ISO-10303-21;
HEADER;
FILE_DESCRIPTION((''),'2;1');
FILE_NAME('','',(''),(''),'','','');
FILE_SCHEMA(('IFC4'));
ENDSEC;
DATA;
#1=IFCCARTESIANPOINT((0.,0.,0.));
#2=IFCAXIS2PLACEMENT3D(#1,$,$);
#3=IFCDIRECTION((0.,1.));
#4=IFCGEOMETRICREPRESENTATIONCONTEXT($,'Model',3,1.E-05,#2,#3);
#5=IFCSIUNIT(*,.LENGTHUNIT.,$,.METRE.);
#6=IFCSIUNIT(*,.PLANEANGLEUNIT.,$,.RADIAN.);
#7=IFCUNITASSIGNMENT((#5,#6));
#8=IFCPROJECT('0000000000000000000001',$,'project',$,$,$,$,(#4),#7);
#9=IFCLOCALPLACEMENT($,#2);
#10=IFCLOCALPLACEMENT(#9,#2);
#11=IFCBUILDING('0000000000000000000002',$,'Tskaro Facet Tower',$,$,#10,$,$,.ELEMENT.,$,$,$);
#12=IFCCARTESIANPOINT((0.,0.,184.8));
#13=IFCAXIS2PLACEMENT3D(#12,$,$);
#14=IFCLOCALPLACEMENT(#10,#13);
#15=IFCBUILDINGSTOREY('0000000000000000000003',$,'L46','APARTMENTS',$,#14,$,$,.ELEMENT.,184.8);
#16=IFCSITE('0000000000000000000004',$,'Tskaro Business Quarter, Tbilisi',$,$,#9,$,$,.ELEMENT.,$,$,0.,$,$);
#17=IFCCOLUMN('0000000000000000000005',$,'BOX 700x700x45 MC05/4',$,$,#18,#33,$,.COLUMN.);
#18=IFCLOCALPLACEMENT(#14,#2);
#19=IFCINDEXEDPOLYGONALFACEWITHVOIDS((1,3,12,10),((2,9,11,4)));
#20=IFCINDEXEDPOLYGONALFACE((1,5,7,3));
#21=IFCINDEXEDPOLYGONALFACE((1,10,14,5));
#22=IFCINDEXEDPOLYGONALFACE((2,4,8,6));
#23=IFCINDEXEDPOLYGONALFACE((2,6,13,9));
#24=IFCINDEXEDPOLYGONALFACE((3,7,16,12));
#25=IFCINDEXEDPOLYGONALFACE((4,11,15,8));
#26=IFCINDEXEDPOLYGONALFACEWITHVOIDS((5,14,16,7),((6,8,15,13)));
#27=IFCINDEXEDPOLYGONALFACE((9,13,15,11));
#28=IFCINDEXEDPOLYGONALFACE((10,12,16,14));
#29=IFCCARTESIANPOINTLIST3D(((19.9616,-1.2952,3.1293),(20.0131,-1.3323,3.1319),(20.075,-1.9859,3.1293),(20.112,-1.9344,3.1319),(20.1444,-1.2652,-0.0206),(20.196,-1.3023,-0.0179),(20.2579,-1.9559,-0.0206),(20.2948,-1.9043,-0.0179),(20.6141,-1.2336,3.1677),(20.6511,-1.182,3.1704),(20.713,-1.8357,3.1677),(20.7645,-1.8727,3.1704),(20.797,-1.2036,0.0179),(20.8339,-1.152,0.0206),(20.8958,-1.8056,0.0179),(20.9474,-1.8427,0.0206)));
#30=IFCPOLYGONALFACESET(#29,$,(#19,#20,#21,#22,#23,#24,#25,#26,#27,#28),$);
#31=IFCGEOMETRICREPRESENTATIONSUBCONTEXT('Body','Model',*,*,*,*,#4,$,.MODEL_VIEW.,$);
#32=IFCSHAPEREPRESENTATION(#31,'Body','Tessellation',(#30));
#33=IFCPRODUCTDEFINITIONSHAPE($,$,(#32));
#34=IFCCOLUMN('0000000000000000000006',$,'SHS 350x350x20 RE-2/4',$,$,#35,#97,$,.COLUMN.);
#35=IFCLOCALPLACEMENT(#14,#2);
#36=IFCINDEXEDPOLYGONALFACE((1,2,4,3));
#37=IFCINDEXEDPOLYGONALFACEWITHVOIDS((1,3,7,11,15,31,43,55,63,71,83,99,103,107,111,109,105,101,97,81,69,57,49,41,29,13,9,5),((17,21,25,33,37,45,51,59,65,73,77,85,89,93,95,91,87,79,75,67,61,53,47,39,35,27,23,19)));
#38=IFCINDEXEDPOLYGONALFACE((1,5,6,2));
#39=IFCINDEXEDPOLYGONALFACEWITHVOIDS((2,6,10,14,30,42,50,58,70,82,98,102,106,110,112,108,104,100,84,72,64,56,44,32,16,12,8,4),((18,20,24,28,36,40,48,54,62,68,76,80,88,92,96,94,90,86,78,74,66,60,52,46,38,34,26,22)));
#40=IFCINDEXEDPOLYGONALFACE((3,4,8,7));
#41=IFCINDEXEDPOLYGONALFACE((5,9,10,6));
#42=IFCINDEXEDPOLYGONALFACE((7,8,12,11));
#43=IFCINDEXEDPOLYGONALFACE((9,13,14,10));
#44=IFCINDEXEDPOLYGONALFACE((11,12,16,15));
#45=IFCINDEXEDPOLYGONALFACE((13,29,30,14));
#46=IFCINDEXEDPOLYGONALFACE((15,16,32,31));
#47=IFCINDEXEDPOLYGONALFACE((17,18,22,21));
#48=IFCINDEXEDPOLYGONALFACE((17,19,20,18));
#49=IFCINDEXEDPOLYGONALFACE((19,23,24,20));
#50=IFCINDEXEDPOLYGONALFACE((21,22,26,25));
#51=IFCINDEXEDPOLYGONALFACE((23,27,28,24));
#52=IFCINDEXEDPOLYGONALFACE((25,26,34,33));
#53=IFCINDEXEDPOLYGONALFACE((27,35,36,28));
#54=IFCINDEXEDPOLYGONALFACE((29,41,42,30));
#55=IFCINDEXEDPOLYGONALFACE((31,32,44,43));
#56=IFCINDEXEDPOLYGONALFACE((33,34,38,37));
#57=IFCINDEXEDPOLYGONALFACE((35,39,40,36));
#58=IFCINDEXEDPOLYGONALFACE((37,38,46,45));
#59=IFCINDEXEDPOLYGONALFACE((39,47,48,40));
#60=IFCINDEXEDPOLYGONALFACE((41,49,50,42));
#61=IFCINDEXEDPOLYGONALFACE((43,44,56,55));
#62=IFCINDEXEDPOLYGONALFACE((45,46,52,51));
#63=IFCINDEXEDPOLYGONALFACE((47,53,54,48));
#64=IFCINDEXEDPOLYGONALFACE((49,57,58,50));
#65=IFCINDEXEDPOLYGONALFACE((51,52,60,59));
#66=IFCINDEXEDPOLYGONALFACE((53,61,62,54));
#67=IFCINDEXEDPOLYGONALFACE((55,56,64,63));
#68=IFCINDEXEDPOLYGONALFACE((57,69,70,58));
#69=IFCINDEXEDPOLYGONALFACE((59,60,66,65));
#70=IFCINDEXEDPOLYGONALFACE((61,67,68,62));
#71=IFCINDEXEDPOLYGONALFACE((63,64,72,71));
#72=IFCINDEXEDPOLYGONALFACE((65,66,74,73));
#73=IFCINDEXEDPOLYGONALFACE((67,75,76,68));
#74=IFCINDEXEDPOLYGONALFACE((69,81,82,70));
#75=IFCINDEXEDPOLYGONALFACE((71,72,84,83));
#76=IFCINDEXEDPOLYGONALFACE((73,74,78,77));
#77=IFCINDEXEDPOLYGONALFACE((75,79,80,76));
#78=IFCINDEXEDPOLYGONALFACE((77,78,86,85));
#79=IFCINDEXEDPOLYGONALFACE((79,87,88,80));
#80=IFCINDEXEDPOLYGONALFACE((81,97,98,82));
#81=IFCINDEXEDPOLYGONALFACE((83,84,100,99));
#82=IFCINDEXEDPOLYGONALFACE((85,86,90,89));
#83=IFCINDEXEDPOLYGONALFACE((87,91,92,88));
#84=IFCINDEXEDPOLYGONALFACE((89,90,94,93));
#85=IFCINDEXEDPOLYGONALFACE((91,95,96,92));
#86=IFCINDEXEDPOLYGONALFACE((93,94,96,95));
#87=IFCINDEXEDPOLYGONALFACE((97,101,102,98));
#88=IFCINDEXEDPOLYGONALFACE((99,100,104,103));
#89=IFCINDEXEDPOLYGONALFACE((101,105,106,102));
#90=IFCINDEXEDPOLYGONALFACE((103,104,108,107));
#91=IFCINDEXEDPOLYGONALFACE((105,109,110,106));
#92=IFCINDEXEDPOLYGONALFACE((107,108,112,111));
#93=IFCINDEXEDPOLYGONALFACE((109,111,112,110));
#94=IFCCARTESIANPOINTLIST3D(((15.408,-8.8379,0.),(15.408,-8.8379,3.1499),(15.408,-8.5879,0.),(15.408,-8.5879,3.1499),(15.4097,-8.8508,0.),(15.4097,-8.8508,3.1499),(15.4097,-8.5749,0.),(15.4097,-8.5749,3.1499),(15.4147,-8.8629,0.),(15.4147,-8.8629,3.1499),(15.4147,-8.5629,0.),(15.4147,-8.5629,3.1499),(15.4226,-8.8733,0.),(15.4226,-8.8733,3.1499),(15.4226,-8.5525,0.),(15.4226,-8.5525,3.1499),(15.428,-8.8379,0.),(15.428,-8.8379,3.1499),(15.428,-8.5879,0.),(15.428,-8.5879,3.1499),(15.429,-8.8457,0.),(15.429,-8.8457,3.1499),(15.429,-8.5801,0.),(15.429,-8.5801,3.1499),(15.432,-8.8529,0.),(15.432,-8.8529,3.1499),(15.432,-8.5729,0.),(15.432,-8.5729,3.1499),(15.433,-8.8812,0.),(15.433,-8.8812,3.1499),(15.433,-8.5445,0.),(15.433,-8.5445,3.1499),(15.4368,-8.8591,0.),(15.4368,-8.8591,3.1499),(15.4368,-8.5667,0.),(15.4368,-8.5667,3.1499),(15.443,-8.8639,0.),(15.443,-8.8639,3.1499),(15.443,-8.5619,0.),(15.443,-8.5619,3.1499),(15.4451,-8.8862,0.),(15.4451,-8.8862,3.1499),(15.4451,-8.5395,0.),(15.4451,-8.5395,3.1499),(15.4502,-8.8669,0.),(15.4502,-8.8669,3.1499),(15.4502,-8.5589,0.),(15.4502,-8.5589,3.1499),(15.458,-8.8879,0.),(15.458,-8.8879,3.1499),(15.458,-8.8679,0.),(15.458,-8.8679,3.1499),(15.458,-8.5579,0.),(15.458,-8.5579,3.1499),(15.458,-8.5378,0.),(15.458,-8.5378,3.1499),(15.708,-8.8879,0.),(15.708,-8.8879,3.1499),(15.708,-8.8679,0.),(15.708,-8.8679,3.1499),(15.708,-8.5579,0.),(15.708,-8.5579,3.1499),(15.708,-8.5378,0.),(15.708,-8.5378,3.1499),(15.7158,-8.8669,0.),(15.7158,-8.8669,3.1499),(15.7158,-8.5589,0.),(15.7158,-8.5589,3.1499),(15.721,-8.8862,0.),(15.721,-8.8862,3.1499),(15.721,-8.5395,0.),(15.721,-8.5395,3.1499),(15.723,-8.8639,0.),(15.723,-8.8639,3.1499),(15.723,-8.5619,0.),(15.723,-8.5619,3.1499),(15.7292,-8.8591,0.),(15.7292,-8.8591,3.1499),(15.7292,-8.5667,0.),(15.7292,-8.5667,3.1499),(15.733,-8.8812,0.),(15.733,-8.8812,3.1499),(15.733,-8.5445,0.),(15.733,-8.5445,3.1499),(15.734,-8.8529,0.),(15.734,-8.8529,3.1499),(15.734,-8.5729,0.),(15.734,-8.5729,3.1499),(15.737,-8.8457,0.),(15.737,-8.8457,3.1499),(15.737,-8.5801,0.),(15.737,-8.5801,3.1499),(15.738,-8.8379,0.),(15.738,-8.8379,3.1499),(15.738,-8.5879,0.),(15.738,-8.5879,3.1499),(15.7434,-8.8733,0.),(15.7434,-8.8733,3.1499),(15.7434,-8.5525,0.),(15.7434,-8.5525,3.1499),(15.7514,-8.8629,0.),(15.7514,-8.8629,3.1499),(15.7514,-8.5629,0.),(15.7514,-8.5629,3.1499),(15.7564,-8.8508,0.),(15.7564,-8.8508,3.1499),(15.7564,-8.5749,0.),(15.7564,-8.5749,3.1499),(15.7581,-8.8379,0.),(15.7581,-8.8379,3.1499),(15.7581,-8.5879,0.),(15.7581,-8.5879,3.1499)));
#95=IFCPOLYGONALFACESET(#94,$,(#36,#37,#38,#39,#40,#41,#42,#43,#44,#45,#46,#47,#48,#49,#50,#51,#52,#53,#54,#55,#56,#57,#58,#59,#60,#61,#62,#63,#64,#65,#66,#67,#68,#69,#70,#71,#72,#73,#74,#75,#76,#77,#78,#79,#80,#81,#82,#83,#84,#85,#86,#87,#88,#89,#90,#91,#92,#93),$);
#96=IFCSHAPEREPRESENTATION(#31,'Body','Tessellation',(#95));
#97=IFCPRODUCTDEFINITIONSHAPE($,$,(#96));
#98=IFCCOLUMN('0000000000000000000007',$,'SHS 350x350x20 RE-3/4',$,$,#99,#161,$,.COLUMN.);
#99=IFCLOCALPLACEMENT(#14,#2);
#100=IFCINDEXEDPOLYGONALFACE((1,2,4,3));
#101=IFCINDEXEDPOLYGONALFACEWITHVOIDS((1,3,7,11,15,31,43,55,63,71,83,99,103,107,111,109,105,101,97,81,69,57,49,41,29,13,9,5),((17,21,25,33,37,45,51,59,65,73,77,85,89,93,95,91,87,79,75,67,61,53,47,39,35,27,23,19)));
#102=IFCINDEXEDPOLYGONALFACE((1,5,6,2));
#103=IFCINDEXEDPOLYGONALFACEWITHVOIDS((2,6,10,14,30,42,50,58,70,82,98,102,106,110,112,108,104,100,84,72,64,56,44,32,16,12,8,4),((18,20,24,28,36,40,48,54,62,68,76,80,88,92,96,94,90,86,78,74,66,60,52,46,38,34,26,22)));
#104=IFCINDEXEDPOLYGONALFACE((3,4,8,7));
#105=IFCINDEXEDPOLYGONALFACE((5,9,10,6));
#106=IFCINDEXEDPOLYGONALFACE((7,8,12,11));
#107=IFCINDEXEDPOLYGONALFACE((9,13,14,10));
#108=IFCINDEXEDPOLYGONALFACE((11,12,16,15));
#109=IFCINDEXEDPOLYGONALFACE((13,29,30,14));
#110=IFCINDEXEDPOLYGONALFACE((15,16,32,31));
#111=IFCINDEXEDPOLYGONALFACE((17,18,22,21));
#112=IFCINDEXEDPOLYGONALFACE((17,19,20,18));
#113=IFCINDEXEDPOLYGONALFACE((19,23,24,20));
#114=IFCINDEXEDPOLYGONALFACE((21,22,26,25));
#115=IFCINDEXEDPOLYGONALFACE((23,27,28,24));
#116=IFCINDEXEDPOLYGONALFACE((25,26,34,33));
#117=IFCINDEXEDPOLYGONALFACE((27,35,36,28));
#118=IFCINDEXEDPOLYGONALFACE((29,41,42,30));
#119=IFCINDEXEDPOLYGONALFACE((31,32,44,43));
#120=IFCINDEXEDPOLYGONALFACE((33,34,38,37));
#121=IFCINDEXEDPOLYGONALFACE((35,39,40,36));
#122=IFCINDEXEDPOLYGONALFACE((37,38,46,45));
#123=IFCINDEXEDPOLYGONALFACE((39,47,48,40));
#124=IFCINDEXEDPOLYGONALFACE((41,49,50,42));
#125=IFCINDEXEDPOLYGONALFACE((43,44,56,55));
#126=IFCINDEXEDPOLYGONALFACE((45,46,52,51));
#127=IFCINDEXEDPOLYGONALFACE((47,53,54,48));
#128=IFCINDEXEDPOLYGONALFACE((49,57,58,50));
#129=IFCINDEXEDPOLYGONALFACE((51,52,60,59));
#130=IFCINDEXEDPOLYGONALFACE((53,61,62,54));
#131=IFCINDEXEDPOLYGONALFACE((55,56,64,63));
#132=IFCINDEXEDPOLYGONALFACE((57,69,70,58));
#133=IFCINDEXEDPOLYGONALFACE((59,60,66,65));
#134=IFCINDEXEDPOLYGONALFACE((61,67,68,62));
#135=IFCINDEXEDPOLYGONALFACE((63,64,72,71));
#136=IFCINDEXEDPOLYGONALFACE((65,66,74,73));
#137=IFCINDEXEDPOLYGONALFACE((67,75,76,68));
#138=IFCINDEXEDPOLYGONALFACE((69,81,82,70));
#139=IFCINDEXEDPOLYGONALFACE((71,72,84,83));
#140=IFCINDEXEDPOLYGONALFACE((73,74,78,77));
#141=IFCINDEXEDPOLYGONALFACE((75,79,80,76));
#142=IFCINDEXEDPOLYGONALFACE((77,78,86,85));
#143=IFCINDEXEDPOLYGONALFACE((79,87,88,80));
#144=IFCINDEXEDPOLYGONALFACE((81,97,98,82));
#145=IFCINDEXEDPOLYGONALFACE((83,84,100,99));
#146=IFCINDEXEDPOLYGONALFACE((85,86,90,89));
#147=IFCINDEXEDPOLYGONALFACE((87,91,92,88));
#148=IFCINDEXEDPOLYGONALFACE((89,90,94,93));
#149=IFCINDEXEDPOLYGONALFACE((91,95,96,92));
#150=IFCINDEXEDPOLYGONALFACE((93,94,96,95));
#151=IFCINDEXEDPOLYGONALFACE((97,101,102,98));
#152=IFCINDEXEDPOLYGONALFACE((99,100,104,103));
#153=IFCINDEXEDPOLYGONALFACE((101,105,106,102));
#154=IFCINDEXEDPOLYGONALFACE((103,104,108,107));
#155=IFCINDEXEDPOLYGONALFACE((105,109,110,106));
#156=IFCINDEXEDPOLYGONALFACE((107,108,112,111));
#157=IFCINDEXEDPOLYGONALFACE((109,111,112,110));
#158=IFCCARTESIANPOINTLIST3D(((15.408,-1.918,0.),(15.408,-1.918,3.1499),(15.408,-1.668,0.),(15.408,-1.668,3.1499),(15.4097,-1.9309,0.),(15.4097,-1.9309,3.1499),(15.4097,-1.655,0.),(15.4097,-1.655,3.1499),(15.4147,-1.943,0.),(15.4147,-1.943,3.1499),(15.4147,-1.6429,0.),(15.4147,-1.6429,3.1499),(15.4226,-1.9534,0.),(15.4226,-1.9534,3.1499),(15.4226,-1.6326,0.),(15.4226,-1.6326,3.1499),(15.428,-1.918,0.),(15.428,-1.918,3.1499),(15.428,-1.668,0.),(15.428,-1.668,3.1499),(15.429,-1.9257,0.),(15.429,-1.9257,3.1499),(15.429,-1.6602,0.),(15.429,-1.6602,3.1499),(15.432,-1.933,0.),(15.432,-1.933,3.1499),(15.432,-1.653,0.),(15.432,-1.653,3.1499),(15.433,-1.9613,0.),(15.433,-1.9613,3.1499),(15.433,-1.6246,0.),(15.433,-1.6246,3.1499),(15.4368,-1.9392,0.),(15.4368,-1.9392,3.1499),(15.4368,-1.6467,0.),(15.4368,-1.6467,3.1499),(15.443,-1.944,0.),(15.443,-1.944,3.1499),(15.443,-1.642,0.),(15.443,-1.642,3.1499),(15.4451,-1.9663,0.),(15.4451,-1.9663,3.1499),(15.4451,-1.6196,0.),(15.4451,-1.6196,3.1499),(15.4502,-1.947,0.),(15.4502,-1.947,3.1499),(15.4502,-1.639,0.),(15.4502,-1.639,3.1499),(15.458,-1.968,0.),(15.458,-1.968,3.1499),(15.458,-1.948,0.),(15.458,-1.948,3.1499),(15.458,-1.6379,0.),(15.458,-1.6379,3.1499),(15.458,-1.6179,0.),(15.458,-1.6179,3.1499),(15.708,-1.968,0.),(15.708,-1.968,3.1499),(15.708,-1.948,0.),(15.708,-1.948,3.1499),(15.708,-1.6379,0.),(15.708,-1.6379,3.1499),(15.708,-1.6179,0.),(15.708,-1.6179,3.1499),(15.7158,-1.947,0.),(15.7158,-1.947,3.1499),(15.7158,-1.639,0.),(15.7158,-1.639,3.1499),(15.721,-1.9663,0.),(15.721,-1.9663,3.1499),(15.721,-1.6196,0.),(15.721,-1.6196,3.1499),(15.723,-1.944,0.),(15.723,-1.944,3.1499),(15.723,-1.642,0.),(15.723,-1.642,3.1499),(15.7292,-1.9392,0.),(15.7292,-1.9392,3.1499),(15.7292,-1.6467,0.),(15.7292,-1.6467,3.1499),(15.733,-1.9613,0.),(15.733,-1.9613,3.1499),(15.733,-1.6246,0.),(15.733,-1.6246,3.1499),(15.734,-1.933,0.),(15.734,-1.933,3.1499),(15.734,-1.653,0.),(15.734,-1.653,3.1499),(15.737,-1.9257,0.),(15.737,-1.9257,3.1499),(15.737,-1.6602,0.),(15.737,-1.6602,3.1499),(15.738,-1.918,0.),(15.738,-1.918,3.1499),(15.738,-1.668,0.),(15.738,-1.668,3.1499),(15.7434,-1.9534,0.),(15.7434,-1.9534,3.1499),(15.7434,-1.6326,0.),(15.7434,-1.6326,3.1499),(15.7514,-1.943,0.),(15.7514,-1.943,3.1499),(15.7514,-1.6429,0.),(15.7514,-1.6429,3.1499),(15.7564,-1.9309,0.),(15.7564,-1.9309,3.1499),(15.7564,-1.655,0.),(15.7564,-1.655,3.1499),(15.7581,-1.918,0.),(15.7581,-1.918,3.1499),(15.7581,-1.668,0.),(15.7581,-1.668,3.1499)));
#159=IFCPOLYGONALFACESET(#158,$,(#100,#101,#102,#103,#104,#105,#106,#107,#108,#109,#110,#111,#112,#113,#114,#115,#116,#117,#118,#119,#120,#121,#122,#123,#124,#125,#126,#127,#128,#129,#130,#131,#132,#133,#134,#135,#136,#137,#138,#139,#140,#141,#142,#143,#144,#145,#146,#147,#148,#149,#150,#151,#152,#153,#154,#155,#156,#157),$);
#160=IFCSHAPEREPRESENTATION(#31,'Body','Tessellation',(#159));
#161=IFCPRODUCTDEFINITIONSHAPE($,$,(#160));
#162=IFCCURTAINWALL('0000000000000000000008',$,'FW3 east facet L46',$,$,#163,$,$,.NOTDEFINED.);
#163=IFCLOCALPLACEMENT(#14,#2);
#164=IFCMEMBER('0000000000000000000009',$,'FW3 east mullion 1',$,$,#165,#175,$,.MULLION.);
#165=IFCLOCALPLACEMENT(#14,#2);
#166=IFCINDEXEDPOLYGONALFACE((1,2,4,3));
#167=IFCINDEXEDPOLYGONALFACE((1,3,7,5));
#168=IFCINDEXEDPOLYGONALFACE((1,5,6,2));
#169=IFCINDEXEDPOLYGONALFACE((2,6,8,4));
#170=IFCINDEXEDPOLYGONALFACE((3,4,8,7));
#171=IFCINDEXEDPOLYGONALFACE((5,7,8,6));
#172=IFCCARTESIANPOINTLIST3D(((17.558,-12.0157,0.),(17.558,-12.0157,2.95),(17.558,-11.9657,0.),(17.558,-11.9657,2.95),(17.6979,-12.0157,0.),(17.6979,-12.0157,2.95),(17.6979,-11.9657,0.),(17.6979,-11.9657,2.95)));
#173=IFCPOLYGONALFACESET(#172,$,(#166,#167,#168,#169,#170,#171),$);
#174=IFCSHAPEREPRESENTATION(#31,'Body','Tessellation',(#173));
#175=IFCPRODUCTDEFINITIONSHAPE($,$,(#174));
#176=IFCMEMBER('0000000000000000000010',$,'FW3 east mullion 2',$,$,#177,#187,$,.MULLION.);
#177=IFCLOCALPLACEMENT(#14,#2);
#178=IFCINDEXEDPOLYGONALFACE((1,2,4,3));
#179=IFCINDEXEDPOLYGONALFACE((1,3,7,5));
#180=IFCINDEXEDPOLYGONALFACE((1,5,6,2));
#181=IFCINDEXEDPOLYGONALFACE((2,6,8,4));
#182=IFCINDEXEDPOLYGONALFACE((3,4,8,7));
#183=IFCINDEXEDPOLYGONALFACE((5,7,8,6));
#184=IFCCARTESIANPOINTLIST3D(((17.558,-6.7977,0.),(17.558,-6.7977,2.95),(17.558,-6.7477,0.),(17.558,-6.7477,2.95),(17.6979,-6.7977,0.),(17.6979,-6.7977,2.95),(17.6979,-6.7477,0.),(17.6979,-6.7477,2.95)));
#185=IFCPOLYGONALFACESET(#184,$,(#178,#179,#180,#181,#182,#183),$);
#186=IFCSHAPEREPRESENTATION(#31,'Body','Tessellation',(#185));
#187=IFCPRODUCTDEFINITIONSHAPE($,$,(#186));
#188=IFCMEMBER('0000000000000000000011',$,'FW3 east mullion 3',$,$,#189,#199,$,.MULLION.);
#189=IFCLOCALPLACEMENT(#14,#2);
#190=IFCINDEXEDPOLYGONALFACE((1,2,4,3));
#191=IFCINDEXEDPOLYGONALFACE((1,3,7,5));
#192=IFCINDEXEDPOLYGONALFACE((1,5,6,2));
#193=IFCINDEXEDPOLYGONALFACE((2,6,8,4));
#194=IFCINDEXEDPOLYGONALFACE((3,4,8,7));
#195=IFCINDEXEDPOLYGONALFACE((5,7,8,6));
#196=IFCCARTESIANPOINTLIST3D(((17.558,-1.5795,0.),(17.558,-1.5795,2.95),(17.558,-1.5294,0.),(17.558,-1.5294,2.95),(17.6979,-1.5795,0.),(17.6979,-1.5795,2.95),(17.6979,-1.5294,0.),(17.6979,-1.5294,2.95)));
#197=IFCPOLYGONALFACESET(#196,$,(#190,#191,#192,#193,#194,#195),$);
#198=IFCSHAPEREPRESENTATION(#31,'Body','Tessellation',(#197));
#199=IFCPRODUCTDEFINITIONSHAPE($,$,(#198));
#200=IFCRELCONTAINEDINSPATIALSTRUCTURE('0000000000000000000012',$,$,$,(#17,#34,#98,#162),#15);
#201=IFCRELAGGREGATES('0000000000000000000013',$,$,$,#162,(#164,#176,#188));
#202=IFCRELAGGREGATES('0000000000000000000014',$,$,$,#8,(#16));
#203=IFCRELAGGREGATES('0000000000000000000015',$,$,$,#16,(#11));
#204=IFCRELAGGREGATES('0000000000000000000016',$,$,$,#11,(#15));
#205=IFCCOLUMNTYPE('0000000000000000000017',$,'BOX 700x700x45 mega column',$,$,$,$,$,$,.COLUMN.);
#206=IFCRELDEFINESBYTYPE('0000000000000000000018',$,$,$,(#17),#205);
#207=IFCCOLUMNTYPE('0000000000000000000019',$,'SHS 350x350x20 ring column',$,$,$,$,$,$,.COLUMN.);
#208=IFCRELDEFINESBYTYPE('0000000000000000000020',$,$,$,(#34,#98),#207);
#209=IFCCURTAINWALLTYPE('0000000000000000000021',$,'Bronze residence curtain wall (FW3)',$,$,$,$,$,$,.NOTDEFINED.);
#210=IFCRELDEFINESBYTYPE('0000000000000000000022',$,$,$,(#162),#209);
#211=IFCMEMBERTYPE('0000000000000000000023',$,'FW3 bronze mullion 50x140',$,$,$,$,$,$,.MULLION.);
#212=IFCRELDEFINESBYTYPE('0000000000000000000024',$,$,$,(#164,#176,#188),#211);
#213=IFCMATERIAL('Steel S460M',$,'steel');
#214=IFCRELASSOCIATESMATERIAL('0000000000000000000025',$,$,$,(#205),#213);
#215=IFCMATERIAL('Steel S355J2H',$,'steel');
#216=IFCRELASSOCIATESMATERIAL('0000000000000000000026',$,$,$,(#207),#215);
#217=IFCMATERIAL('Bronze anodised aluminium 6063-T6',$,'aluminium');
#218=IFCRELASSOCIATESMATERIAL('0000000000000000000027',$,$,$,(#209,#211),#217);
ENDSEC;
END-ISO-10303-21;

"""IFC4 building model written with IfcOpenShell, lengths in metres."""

from ifc_helpers import new_model, si_unit, direction, frame, origin, origin_2d, place, context, subcontext, project, spatial, rectangle, hollow_rectangle, extrude, material, material_profile, profile_set, type_object, element, aggregate, save


model = new_model("IFC4")

# Units and contexts
model_context = context("Model", 3, precision=1e-05, world=origin(), true_north=direction((0.0, 1.0)))
body_context = subcontext(model_context, "Body", "Model", "MODEL_VIEW")
ifc_project = project(units=[si_unit("LENGTHUNIT", "METRE"), si_unit("PLANEANGLEUNIT", "RADIAN")], contexts=[model_context])

# Site, building, storey
site_placement = place(None, origin())
site = spatial("IfcSite", under=ifc_project, at=site_placement, Name="Tskaro Business Quarter, Tbilisi", CompositionType="ELEMENT", RefElevation=0.0)
building_placement = place(site_placement, origin())
building = spatial("IfcBuilding", under=site, at=building_placement, Name="Tskaro Facet Tower", CompositionType="ELEMENT")
storey_placement = place(building_placement, frame((0.0, 0.0, 184.8)))
storey = spatial("IfcBuildingStorey", under=building, at=storey_placement, Name="L46", Description="APARTMENTS", CompositionType="ELEMENT", Elevation=184.8)

# Columns
ifc_material_1 = material(Name="Steel S460M", Category="steel")
ifc_material_profile_1 = material_profile(ifc_material_1, hollow_rectangle(XDim=0.7, YDim=0.7, WallThickness=0.0449, at=origin_2d()), Name="BOX 700x700x45")
ifc_profile_set_1 = profile_set([ifc_material_profile_1], Name="Steel S460M")
column_type_1 = type_object("IfcColumnType", Name="BOX 700x700x45 mega column", PredefinedType="COLUMN", material=ifc_profile_set_1)
column_placement = place(storey_placement, frame((20.5459, -1.554, 0.0), z_axis=(-0.057953, -0.009517, 0.998274), x_axis=(0.162048, -0.986783, 0.0)))
element("IfcColumn", 1, at=column_placement, inside=storey, type_object=column_type_1, Name="BOX 700x700x45 MC05/4", PredefinedType="COLUMN", context=body_context, shape_type="SweptSolid", body=[
    extrude(hollow_rectangle(XDim=0.7, YDim=0.7, WallThickness=0.0449, at=origin_2d()), origin(), (0.0, 0.0, 1.0), 3.1553),
])
ifc_material_2 = material(Name="Steel S355J2H", Category="steel")
ifc_material_profile_2 = material_profile(ifc_material_2, hollow_rectangle(XDim=0.3501, YDim=0.3501, WallThickness=0.02, InnerFilletRadius=0.03, OuterFilletRadius=0.05, at=origin_2d()), Name="SHS 350x350x20")
ifc_profile_set_2 = profile_set([ifc_material_profile_2], Name="Steel S355J2H")
column_type_2 = type_object("IfcColumnType", Name="SHS 350x350x20 ring column", PredefinedType="COLUMN", material=ifc_profile_set_2)
for number, where, z_axis, x_axis, name in (
    (2, (15.583, -8.7129, 0.0), (0.0, 0.0, 1.0), (1.0, 0.0, 0.0), "SHS 350x350x20 RE-2/4"),
    (3, (15.583, -1.793, 0.0), (0.0, 0.0, 1.0), (1.0, 0.0, 0.0), "SHS 350x350x20 RE-3/4"),
):
    element("IfcColumn", number, at=place(storey_placement, frame(where, z_axis=z_axis, x_axis=x_axis)), inside=storey, type_object=column_type_2, Name=name, PredefinedType="COLUMN", context=body_context, shape_type="SweptSolid", body=[
        extrude(hollow_rectangle(XDim=0.3501, YDim=0.3501, WallThickness=0.02, InnerFilletRadius=0.03, OuterFilletRadius=0.05, at=origin_2d()), origin(), (0.0, 0.0, 1.0), 3.1499),
    ])

# Curtain wall, members
ifc_material_3 = material(Name="Bronze anodised aluminium 6063-T6", Category="aluminium")
curtain_wall_type = type_object("IfcCurtainWallType", Name="Bronze residence curtain wall (FW3)", PredefinedType="NOTDEFINED", material=ifc_material_3)
curtain_wall_placement = place(storey_placement, origin())
curtain_wall = element("IfcCurtainWall", 4, at=curtain_wall_placement, inside=storey, type_object=curtain_wall_type, Name="FW3 east facet L46", PredefinedType="NOTDEFINED")
ifc_material_profile_3 = material_profile(ifc_material_3, rectangle(XDim=0.05, YDim=0.1399, at=origin_2d()), Name="Mullion 50x140")
ifc_profile_set_3 = profile_set([ifc_material_profile_3], Name="Bronze anodised aluminium 6063-T6")
member_type_1 = type_object("IfcMemberType", Name="FW3 bronze mullion 50x140", PredefinedType="MULLION", material=ifc_profile_set_3)
member_1_placement = place(storey_placement, frame((17.6279, -11.9907, 0.0), z_axis=(0.0, 0.0, 1.0), x_axis=(0.0, 1.0, 0.0)))
member_1 = element("IfcMember", 5, at=member_1_placement, type_object=member_type_1, Name="FW3 east mullion 1", PredefinedType="MULLION", context=body_context, shape_type="SweptSolid", body=[
    extrude(rectangle(XDim=0.05, YDim=0.1399, at=origin_2d()), origin(), (0.0, 0.0, 1.0), 2.95),
])
member_2_placement = place(storey_placement, frame((17.6279, -6.7727, 0.0), z_axis=(0.0, 0.0, 1.0), x_axis=(0.0, 1.0, 0.0)))
member_2 = element("IfcMember", 6, at=member_2_placement, type_object=member_type_1, Name="FW3 east mullion 2", PredefinedType="MULLION", context=body_context, shape_type="SweptSolid", body=[
    extrude(rectangle(XDim=0.05, YDim=0.1399, at=origin_2d()), origin(), (0.0, 0.0, 1.0), 2.95),
])
member_3_placement = place(storey_placement, frame((17.6279, -1.5544, 0.0), z_axis=(0.0, 0.0, 1.0), x_axis=(0.0, 1.0, 0.0)))
member_3 = element("IfcMember", 7, at=member_3_placement, type_object=member_type_1, Name="FW3 east mullion 3", PredefinedType="MULLION", context=body_context, shape_type="SweptSolid", body=[
    extrude(rectangle(XDim=0.05, YDim=0.1399, at=origin_2d()), origin(), (0.0, 0.0, 1.0), 2.95),
])

aggregate(curtain_wall, [member_1, member_2, member_3])

save(model, "model.ifc")
